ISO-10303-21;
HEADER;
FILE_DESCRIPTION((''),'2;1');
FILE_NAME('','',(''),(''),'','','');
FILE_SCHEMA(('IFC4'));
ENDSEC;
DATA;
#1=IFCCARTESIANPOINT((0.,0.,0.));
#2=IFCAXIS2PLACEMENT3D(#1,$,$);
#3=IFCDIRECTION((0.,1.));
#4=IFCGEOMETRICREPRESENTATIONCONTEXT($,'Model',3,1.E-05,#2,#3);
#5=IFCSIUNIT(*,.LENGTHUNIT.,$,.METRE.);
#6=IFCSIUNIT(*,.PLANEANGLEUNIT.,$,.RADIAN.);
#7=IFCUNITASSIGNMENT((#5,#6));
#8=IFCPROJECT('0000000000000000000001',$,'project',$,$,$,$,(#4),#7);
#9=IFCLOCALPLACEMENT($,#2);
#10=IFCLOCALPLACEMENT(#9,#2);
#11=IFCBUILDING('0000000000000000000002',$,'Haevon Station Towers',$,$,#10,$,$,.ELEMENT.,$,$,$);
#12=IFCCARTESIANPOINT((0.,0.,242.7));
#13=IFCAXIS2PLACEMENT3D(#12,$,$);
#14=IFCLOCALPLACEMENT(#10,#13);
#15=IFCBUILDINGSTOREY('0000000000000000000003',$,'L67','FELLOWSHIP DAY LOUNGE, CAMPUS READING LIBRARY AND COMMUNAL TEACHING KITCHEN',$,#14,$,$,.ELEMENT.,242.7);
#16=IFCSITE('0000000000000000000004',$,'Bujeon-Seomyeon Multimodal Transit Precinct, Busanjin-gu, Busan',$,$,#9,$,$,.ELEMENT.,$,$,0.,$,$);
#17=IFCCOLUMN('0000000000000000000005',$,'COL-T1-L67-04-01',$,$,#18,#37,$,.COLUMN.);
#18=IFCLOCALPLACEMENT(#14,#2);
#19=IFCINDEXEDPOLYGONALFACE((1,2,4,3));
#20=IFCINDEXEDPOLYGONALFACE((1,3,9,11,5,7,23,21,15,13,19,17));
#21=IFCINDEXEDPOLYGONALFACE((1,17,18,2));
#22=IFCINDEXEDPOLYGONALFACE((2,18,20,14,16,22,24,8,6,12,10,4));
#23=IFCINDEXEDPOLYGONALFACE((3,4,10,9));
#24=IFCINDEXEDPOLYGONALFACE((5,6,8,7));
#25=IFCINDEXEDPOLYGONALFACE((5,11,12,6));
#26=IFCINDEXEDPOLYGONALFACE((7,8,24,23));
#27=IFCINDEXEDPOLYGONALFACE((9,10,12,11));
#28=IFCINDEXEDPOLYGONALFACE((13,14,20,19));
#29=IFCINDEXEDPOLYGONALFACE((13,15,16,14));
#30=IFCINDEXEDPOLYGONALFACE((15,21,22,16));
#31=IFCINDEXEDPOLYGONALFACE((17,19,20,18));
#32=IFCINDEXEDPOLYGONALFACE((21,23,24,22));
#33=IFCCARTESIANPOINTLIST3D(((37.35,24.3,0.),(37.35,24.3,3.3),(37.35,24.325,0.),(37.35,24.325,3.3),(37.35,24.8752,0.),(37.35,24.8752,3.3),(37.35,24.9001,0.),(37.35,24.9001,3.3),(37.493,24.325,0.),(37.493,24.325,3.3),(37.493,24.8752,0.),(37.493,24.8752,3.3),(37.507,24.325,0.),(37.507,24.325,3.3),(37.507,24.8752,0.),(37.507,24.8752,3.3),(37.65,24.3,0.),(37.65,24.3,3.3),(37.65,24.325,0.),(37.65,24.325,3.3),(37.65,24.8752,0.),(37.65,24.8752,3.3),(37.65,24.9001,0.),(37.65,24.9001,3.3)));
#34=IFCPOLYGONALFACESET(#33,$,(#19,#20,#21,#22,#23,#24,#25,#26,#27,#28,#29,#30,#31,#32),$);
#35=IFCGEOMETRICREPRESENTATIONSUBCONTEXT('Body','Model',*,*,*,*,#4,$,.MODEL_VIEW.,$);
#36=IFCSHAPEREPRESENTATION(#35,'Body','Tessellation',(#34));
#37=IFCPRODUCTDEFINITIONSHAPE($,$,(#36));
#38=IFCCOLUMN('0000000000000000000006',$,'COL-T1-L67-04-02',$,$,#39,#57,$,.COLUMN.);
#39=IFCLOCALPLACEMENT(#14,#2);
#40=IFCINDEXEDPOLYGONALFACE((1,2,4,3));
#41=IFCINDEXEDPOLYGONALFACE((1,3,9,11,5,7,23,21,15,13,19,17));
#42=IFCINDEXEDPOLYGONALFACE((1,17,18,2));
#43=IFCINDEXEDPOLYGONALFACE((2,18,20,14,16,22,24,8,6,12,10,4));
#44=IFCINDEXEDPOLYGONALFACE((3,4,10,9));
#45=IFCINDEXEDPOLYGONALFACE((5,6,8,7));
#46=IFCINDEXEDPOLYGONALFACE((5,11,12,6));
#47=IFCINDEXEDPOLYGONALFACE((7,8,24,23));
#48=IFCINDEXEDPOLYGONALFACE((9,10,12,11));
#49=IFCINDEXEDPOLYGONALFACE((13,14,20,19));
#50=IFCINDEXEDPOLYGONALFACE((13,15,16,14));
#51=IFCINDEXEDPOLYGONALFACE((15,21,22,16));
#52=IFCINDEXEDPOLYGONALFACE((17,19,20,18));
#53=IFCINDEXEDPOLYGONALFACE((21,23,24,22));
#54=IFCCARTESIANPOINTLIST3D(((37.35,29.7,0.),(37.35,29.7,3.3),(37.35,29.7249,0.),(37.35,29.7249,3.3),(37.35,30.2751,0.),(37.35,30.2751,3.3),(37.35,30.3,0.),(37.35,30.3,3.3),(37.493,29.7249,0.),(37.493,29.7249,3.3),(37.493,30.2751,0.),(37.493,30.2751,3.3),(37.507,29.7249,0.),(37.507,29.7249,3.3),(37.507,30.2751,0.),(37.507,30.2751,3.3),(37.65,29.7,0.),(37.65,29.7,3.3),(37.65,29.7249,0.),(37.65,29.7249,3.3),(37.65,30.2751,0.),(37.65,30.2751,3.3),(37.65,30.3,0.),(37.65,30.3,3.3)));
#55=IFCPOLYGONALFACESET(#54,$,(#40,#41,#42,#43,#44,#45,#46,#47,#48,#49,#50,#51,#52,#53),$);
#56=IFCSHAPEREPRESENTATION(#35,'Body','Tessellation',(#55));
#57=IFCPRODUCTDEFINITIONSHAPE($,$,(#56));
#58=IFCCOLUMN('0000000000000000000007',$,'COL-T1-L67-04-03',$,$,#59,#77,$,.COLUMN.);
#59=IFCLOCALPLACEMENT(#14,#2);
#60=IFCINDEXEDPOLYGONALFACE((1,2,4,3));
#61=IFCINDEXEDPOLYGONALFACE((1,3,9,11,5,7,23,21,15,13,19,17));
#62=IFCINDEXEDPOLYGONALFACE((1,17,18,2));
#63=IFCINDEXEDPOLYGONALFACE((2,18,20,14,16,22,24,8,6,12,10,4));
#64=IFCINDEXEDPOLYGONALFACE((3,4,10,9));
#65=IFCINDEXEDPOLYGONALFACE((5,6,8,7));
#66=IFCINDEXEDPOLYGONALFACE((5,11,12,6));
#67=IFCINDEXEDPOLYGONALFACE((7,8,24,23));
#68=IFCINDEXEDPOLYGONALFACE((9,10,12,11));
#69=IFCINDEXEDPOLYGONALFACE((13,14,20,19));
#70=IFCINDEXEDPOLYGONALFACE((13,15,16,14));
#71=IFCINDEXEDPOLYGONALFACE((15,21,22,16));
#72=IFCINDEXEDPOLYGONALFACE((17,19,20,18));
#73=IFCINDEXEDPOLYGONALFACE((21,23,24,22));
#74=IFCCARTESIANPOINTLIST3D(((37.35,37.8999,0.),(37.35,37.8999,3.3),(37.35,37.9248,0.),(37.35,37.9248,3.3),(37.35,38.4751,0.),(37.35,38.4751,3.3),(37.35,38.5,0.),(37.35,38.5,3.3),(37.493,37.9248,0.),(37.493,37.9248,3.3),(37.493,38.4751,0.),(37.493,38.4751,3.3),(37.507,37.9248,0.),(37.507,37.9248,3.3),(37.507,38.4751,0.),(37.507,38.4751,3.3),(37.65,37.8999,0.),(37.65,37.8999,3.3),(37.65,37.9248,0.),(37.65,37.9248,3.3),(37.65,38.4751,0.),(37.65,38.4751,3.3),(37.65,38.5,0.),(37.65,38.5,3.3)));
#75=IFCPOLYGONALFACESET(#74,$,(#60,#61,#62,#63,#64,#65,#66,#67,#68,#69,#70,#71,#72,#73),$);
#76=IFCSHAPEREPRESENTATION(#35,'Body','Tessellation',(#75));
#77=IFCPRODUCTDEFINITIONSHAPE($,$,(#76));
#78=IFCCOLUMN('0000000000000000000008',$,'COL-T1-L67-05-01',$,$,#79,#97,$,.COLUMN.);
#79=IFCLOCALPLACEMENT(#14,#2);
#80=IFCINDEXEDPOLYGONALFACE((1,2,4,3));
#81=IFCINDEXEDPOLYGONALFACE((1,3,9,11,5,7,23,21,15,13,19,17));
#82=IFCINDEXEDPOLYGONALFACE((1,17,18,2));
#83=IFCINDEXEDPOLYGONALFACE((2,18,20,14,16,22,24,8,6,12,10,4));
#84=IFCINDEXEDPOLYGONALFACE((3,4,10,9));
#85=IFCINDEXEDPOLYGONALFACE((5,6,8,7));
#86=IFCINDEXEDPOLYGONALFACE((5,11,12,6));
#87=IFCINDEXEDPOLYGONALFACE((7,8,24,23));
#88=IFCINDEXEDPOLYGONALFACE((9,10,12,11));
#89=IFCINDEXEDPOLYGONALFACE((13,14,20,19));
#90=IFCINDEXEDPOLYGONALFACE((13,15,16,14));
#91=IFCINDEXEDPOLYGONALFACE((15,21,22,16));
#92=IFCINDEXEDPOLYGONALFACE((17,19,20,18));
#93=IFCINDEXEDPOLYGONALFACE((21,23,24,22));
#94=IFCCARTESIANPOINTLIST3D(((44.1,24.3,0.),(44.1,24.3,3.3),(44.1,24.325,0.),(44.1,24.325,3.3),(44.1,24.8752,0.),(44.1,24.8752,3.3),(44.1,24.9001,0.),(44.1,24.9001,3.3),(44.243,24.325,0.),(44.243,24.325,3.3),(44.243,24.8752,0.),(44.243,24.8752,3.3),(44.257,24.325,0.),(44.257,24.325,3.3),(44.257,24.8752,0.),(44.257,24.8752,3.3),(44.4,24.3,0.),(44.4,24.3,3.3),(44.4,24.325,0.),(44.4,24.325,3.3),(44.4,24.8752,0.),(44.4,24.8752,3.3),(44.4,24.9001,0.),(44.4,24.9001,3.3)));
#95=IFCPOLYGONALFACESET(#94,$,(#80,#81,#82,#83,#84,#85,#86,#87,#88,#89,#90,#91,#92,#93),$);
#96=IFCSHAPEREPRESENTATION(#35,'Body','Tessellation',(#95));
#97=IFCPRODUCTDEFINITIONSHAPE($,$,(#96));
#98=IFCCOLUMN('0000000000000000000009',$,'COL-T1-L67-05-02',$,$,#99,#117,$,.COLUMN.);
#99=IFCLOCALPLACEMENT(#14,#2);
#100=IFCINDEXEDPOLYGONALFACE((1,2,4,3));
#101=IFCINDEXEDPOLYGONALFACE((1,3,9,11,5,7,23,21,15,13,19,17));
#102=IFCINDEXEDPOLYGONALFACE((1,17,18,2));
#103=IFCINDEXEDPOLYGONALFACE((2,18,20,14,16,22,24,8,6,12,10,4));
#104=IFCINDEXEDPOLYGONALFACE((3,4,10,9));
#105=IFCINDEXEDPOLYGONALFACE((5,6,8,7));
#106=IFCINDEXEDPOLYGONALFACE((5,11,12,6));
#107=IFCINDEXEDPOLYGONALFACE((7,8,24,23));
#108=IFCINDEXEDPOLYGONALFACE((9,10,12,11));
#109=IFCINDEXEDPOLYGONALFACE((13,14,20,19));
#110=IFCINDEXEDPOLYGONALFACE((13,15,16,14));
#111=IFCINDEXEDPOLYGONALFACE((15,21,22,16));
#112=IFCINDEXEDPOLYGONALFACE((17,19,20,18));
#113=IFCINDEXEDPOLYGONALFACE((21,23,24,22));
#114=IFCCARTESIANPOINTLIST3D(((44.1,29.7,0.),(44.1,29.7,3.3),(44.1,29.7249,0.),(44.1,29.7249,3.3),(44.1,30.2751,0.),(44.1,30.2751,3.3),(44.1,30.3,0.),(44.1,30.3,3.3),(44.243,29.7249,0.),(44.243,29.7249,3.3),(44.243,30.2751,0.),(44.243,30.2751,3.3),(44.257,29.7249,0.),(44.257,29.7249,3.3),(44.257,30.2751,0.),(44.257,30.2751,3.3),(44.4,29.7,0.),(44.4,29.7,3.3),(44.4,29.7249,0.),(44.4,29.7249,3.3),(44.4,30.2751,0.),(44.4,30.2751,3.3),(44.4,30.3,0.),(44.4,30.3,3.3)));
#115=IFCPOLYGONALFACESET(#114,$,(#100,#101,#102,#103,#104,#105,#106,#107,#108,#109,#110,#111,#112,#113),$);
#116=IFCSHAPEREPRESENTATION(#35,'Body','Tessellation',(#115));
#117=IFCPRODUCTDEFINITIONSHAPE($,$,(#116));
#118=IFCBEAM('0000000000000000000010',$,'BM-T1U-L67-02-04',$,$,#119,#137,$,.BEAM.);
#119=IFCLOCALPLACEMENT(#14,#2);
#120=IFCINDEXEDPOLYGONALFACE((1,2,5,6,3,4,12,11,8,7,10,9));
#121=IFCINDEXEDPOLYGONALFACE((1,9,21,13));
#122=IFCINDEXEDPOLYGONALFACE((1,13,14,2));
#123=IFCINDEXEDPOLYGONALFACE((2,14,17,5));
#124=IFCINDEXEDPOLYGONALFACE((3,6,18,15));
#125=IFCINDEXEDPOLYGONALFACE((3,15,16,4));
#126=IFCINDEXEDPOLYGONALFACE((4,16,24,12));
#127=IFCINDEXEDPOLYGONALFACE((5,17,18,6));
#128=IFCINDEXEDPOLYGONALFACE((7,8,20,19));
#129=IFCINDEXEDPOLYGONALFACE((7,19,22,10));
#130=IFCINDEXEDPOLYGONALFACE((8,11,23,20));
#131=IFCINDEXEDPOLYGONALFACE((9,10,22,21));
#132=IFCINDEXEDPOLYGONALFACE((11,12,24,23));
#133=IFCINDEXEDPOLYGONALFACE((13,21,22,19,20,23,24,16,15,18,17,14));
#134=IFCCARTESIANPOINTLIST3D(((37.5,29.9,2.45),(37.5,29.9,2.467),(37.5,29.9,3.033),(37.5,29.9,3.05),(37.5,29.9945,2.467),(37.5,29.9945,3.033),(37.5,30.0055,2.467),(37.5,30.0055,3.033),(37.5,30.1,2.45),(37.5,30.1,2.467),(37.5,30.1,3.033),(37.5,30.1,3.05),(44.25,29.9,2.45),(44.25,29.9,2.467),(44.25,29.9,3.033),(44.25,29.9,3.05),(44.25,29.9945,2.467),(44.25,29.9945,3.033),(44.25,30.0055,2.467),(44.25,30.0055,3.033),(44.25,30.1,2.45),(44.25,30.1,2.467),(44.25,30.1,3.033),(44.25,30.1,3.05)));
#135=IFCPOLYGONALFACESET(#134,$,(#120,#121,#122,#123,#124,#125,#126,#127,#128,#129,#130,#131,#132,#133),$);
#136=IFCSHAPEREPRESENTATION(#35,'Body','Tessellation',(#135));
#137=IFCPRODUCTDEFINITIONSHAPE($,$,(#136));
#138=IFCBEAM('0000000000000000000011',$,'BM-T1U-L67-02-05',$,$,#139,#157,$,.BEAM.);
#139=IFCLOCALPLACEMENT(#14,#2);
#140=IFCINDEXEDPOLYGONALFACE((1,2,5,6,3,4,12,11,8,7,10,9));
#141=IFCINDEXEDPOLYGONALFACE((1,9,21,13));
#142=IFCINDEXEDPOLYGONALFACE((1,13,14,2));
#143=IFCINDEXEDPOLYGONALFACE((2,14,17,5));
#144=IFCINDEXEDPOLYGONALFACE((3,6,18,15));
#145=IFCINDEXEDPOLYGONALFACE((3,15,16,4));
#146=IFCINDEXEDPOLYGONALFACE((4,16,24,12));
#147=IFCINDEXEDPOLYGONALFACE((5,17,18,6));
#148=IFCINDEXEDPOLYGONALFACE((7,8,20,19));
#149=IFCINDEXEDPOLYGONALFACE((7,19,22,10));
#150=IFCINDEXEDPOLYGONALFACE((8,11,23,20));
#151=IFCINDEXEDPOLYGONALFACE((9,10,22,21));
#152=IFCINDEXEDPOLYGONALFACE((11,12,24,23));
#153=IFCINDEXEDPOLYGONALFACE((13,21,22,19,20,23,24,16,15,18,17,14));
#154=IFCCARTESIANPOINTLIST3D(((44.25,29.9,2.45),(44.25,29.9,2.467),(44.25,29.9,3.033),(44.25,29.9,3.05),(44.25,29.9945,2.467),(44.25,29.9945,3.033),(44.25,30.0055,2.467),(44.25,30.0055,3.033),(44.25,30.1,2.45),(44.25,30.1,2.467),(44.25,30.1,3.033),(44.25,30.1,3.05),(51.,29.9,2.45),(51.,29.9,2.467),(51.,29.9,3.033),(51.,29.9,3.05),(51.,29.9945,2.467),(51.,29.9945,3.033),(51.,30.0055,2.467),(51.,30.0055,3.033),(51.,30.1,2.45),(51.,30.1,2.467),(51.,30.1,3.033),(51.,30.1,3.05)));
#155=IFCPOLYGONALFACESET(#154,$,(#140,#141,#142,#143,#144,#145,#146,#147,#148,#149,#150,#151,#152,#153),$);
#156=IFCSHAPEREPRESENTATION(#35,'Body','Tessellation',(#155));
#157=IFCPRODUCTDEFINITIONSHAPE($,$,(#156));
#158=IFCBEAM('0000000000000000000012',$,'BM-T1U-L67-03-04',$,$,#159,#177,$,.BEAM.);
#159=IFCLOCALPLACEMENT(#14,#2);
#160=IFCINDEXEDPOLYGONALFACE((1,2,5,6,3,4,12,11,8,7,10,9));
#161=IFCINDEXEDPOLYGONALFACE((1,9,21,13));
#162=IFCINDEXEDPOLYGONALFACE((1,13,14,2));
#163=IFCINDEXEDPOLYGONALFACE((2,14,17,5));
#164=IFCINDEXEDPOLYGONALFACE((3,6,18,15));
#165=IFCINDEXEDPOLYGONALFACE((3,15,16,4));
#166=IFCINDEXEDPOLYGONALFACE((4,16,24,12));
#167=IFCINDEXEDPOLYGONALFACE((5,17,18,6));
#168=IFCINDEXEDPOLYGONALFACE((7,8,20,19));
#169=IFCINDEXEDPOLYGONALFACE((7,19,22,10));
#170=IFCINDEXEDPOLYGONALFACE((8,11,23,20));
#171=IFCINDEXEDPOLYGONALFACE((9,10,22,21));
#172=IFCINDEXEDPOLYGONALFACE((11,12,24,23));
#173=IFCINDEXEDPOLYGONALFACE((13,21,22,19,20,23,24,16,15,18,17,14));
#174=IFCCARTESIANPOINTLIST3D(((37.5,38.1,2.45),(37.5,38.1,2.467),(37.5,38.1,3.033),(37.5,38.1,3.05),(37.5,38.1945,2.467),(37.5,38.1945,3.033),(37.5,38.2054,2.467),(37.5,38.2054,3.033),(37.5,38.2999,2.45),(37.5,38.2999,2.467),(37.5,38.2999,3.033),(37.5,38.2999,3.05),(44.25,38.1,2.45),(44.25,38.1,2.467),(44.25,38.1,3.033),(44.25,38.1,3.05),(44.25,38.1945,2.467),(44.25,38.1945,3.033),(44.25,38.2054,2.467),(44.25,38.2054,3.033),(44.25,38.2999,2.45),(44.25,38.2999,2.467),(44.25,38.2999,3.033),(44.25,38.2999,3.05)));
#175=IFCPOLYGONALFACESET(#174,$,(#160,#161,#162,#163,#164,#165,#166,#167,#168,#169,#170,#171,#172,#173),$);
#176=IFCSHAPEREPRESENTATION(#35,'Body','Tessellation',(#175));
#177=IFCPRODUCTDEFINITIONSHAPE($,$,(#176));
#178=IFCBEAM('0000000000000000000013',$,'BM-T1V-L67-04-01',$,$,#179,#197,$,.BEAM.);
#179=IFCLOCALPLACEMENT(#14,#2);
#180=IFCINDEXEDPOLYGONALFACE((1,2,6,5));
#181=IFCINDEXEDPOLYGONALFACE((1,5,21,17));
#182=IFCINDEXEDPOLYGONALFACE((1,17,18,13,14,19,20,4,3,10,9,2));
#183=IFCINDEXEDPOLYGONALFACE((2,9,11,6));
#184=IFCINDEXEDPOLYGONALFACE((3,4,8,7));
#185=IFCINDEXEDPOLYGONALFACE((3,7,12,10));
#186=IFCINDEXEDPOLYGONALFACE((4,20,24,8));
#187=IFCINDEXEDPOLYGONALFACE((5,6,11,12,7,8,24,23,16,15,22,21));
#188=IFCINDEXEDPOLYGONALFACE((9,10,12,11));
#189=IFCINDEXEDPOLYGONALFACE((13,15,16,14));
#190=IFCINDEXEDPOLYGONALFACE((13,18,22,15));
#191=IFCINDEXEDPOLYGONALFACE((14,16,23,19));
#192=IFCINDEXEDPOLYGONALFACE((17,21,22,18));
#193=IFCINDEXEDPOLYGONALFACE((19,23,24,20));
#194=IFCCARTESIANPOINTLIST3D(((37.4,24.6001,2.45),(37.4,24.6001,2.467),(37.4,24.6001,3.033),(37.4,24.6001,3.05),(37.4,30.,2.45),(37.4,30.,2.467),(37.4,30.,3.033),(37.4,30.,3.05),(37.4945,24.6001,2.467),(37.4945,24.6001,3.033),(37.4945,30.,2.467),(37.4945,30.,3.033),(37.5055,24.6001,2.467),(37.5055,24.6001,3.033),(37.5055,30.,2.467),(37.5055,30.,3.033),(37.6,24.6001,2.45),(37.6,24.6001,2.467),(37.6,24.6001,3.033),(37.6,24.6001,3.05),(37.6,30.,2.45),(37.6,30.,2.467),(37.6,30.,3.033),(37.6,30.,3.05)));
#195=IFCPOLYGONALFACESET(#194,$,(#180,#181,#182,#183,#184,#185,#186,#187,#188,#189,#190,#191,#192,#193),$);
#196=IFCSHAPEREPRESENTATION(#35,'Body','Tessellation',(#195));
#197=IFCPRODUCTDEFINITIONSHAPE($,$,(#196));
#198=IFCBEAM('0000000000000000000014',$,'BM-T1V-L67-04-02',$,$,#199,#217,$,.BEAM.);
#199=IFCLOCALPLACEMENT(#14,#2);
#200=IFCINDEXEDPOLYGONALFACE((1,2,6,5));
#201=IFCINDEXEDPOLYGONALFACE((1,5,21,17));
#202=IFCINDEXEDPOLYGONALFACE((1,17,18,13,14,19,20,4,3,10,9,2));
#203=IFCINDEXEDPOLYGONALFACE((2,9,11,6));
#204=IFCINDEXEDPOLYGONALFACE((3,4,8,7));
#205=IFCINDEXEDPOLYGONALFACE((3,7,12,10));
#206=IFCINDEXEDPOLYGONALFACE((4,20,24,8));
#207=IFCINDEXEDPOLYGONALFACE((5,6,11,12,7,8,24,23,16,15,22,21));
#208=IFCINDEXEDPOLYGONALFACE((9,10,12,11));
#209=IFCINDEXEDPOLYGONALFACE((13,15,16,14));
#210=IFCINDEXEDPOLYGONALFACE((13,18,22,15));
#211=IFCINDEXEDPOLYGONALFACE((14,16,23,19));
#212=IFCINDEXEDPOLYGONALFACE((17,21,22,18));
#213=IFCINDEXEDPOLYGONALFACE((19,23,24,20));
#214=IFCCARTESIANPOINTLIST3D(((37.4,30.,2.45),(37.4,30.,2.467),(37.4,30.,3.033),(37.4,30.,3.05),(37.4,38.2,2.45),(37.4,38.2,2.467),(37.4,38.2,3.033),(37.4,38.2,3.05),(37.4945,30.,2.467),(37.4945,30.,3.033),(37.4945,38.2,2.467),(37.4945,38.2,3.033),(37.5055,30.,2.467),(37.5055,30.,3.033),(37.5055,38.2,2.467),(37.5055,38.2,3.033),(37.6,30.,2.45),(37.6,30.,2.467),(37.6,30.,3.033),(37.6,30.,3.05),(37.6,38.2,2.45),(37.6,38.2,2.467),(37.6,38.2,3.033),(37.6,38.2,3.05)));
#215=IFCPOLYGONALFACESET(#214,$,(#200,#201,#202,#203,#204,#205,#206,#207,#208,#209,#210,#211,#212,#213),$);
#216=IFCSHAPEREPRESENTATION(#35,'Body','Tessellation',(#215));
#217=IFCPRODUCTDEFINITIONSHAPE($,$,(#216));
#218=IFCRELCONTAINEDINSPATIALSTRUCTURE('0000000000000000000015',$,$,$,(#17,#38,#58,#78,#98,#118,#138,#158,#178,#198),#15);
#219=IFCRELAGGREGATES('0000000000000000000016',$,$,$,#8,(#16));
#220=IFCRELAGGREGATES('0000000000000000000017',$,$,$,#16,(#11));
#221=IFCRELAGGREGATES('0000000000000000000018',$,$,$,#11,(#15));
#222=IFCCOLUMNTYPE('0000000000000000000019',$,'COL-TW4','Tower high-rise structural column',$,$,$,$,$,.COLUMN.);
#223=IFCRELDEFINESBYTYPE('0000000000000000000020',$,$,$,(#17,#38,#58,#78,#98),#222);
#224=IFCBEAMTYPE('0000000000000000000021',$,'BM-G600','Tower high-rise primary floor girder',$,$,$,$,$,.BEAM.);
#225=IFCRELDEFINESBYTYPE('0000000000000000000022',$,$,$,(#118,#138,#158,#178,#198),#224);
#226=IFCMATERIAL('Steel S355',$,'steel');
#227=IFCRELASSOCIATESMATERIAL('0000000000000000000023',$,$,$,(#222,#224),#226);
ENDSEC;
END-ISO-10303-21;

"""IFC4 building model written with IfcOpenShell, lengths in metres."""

from ifc_helpers import new_model, si_unit, direction, frame, origin, origin_2d, place, context, subcontext, project, spatial, i_section, extrude, material, material_profile, profile_set, type_object, element, save


model = new_model("IFC4")

# Units and contexts
model_context = context("Model", 3, precision=1e-05, world=origin(), true_north=direction((0.0, 1.0)))
body_context = subcontext(model_context, "Body", "Model", "MODEL_VIEW")
ifc_project = project(units=[si_unit("LENGTHUNIT", "METRE"), si_unit("PLANEANGLEUNIT", "RADIAN")], contexts=[model_context])

# Site, building, storey
site_placement = place(None, origin())
site = spatial("IfcSite", under=ifc_project, at=site_placement, Name="Bujeon-Seomyeon Multimodal Transit Precinct, Busanjin-gu, Busan", CompositionType="ELEMENT", RefElevation=0.0)
building_placement = place(site_placement, origin())
building = spatial("IfcBuilding", under=site, at=building_placement, Name="Haevon Station Towers", CompositionType="ELEMENT")
storey_placement = place(building_placement, frame((0.0, 0.0, 242.7)))
storey = spatial("IfcBuildingStorey", under=building, at=storey_placement, Name="L67", Description="FELLOWSHIP DAY LOUNGE, CAMPUS READING LIBRARY AND COMMUNAL TEACHING KITCHEN", CompositionType="ELEMENT", Elevation=242.7)

# Columns
ifc_material_1 = material(Name="Steel S355", Category="steel")
ifc_material_profile_1 = material_profile(ifc_material_1, i_section(OverallWidth=0.3, OverallDepth=0.6001, WebThickness=0.0139, FlangeThickness=0.0249, at=origin_2d()), Name="H-600x300x14x25")
ifc_profile_set_1 = profile_set([ifc_material_profile_1], Name="Steel S355")
column_type = type_object("IfcColumnType", Name="COL-TW4", Description="Tower high-rise structural column", PredefinedType="COLUMN", material=ifc_profile_set_1)
for number, where, z_axis, x_axis, name in (
    (1, (37.5, 24.6001, 0.0), (0.0, 0.0, 1.0), (1.0, 0.0, 0.0), "COL-T1-L67-04-01"),
    (2, (37.5, 30.0, 0.0), (0.0, 0.0, 1.0), (1.0, 0.0, 0.0), "COL-T1-L67-04-02"),
    (3, (37.5, 38.2, 0.0), (0.0, 0.0, 1.0), (1.0, 0.0, 0.0), "COL-T1-L67-04-03"),
    (4, (44.25, 24.6001, 0.0), (0.0, 0.0, 1.0), (1.0, 0.0, 0.0), "COL-T1-L67-05-01"),
    (5, (44.25, 30.0, 0.0), (0.0, 0.0, 1.0), (1.0, 0.0, 0.0), "COL-T1-L67-05-02"),
):
    element("IfcColumn", number, at=place(storey_placement, frame(where, z_axis=z_axis, x_axis=x_axis)), inside=storey, type_object=column_type, Name=name, PredefinedType="COLUMN", context=body_context, shape_type="SweptSolid", body=[
        extrude(i_section(OverallWidth=0.3, OverallDepth=0.6001, WebThickness=0.0139, FlangeThickness=0.0249, at=origin_2d()), origin(), (0.0, 0.0, 1.0), 3.3),
    ])

# Beams
ifc_material_profile_2 = material_profile(ifc_material_1, i_section(OverallWidth=0.2, OverallDepth=0.6001, WebThickness=0.011, FlangeThickness=0.0171, at=origin_2d()), Name="H-600x200x11x17")
ifc_profile_set_2 = profile_set([ifc_material_profile_2], Name="Steel S355")
beam_type_1 = type_object("IfcBeamType", Name="BM-G600", Description="Tower high-rise primary floor girder", PredefinedType="BEAM", material=ifc_profile_set_2)
for number, where, z_axis, x_axis, name in (
    (6, (37.5, 30.0, 2.75), (1.0, 0.0, 0.0), (0.0, 1.0, 0.0), "BM-T1U-L67-02-04"),
    (7, (44.25, 30.0, 2.75), (1.0, 0.0, 0.0), (0.0, 1.0, 0.0), "BM-T1U-L67-02-05"),
    (8, (37.5, 38.2, 2.75), (1.0, 0.0, 0.0), (0.0, 1.0, 0.0), "BM-T1U-L67-03-04"),
):
    element("IfcBeam", number, at=place(storey_placement, frame(where, z_axis=z_axis, x_axis=x_axis)), inside=storey, type_object=beam_type_1, Name=name, PredefinedType="BEAM", context=body_context, shape_type="SweptSolid", body=[
        extrude(i_section(OverallWidth=0.2, OverallDepth=0.6001, WebThickness=0.011, FlangeThickness=0.0171, at=origin_2d()), origin(), (0.0, 0.0, 1.0), 6.75),
    ])
beam_1_placement = place(storey_placement, frame((37.5, 24.6001, 2.75), z_axis=(0.0, 1.0, 0.0), x_axis=(-1.0, 0.0, 0.0)))
element("IfcBeam", 9, at=beam_1_placement, inside=storey, type_object=beam_type_1, Name="BM-T1V-L67-04-01", PredefinedType="BEAM", context=body_context, shape_type="SweptSolid", body=[
    extrude(i_section(OverallWidth=0.2, OverallDepth=0.6001, WebThickness=0.011, FlangeThickness=0.0171, at=origin_2d()), origin(), (0.0, 0.0, 1.0), 5.3999),
])
beam_2_placement = place(storey_placement, frame((37.5, 30.0, 2.75), z_axis=(0.0, 1.0, 0.0), x_axis=(-1.0, 0.0, 0.0)))
element("IfcBeam", 10, at=beam_2_placement, inside=storey, type_object=beam_type_1, Name="BM-T1V-L67-04-02", PredefinedType="BEAM", context=body_context, shape_type="SweptSolid", body=[
    extrude(i_section(OverallWidth=0.2, OverallDepth=0.6001, WebThickness=0.011, FlangeThickness=0.0171, at=origin_2d()), origin(), (0.0, 0.0, 1.0), 8.2),
])

save(model, "model.ifc")
